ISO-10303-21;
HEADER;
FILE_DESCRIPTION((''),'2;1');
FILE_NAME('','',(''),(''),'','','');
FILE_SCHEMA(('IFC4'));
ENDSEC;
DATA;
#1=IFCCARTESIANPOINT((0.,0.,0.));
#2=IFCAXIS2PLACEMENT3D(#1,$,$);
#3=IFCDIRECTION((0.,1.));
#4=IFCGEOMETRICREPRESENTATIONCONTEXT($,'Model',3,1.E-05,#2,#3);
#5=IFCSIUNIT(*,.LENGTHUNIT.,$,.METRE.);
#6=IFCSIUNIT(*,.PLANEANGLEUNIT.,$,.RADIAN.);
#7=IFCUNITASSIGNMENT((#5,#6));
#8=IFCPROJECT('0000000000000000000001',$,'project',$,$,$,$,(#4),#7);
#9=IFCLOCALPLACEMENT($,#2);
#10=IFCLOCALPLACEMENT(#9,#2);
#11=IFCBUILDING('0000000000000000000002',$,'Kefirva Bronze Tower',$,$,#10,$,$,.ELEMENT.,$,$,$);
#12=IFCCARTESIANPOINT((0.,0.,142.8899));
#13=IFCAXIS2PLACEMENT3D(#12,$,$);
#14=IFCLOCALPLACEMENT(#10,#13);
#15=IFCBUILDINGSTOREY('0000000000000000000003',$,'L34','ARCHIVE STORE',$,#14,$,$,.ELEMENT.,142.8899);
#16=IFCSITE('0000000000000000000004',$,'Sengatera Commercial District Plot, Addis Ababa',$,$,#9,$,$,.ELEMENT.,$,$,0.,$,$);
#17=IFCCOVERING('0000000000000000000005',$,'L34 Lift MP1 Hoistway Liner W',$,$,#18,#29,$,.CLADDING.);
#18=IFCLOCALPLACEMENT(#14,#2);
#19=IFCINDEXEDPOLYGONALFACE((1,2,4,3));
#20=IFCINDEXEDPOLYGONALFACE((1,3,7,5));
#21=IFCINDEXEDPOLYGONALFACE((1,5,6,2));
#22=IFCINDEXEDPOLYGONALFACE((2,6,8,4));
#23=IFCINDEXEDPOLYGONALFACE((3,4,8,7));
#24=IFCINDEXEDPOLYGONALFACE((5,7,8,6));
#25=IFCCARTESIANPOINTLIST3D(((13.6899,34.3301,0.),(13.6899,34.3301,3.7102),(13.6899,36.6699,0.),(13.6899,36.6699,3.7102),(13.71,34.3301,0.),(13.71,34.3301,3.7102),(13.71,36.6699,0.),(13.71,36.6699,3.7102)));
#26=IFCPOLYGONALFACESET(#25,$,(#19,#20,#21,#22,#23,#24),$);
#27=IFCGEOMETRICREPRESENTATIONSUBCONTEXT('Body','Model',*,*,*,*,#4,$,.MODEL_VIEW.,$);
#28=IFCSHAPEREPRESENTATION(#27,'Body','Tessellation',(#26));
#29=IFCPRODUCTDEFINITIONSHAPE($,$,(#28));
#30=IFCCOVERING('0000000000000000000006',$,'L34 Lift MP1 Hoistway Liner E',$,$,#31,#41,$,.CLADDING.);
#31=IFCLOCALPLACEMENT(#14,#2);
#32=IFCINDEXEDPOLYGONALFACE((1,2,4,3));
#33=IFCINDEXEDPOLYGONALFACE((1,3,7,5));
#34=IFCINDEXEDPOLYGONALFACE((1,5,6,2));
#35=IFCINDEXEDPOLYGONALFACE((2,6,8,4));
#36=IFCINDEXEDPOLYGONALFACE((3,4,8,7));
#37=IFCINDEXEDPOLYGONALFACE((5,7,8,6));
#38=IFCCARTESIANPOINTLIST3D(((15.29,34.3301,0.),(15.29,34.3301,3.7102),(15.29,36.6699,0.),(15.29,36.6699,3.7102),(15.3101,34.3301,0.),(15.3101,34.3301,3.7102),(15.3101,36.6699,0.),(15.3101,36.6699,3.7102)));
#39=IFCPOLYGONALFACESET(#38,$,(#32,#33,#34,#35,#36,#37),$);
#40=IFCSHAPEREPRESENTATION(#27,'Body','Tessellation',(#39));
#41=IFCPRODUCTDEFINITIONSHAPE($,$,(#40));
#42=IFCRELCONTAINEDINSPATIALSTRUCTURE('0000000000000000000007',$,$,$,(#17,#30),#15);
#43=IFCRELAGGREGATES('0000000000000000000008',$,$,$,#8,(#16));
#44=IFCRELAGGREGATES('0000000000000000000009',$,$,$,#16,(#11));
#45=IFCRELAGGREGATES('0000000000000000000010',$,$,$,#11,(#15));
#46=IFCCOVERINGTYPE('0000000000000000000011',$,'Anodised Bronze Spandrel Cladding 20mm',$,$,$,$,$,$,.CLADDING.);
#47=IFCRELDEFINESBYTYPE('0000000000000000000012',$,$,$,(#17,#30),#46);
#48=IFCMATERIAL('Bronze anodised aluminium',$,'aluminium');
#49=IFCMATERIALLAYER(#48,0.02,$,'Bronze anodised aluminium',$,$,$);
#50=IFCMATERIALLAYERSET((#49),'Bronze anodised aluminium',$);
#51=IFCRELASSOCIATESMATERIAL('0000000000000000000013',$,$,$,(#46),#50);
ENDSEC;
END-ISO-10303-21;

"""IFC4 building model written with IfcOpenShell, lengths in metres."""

from ifc_helpers import new_model, si_unit, direction, frame, origin, place, context, subcontext, project, spatial, polyline, outline, extrude, material, layer, layer_set, type_object, element, save


model = new_model("IFC4")

# Units and contexts
model_context = context("Model", 3, precision=1e-05, world=origin(), true_north=direction((0.0, 1.0)))
body_context = subcontext(model_context, "Body", "Model", "MODEL_VIEW")
ifc_project = project(units=[si_unit("LENGTHUNIT", "METRE"), si_unit("PLANEANGLEUNIT", "RADIAN")], contexts=[model_context])

# Site, building, storey
site_placement = place(None, origin())
site = spatial("IfcSite", under=ifc_project, at=site_placement, Name="Sengatera Commercial District Plot, Addis Ababa", CompositionType="ELEMENT", RefElevation=0.0)
building_placement = place(site_placement, origin())
building = spatial("IfcBuilding", under=site, at=building_placement, Name="Kefirva Bronze Tower", CompositionType="ELEMENT")
storey_placement = place(building_placement, frame((0.0, 0.0, 142.8899)))
storey = spatial("IfcBuildingStorey", under=building, at=storey_placement, Name="L34", Description="ARCHIVE STORE", CompositionType="ELEMENT", Elevation=142.8899)

# Coverings
ifc_material_1 = material(Name="Bronze anodised aluminium", Category="aluminium")
ifc_layer_1 = layer(ifc_material_1, 0.02, Name="Bronze anodised aluminium")
ifc_layer_set_1 = layer_set([ifc_layer_1], Name="Bronze anodised aluminium")
covering_type = type_object("IfcCoveringType", Name="Anodised Bronze Spandrel Cladding 20mm", PredefinedType="CLADDING", material=ifc_layer_set_1)
covering_1_placement = place(storey_placement, origin())
element("IfcCovering", 1, at=covering_1_placement, inside=storey, type_object=covering_type, Name="L34 Lift MP1 Hoistway Liner W", PredefinedType="CLADDING", context=body_context, shape_type="SweptSolid", body=[
    extrude(outline(polyline([(13.6899, 34.3301), (13.71, 34.3301), (13.71, 36.6699), (13.6899, 36.6699), (13.6899, 34.3301)])), origin(), (0.0, 0.0, 1.0), 3.7102),
])
covering_2_placement = place(storey_placement, origin())
element("IfcCovering", 2, at=covering_2_placement, inside=storey, type_object=covering_type, Name="L34 Lift MP1 Hoistway Liner E", PredefinedType="CLADDING", context=body_context, shape_type="SweptSolid", body=[
    extrude(outline(polyline([(15.29, 34.3301), (15.3101, 34.3301), (15.3101, 36.6699), (15.29, 36.6699), (15.29, 34.3301)])), origin(), (0.0, 0.0, 1.0), 3.7102),
])

save(model, "model.ifc")
